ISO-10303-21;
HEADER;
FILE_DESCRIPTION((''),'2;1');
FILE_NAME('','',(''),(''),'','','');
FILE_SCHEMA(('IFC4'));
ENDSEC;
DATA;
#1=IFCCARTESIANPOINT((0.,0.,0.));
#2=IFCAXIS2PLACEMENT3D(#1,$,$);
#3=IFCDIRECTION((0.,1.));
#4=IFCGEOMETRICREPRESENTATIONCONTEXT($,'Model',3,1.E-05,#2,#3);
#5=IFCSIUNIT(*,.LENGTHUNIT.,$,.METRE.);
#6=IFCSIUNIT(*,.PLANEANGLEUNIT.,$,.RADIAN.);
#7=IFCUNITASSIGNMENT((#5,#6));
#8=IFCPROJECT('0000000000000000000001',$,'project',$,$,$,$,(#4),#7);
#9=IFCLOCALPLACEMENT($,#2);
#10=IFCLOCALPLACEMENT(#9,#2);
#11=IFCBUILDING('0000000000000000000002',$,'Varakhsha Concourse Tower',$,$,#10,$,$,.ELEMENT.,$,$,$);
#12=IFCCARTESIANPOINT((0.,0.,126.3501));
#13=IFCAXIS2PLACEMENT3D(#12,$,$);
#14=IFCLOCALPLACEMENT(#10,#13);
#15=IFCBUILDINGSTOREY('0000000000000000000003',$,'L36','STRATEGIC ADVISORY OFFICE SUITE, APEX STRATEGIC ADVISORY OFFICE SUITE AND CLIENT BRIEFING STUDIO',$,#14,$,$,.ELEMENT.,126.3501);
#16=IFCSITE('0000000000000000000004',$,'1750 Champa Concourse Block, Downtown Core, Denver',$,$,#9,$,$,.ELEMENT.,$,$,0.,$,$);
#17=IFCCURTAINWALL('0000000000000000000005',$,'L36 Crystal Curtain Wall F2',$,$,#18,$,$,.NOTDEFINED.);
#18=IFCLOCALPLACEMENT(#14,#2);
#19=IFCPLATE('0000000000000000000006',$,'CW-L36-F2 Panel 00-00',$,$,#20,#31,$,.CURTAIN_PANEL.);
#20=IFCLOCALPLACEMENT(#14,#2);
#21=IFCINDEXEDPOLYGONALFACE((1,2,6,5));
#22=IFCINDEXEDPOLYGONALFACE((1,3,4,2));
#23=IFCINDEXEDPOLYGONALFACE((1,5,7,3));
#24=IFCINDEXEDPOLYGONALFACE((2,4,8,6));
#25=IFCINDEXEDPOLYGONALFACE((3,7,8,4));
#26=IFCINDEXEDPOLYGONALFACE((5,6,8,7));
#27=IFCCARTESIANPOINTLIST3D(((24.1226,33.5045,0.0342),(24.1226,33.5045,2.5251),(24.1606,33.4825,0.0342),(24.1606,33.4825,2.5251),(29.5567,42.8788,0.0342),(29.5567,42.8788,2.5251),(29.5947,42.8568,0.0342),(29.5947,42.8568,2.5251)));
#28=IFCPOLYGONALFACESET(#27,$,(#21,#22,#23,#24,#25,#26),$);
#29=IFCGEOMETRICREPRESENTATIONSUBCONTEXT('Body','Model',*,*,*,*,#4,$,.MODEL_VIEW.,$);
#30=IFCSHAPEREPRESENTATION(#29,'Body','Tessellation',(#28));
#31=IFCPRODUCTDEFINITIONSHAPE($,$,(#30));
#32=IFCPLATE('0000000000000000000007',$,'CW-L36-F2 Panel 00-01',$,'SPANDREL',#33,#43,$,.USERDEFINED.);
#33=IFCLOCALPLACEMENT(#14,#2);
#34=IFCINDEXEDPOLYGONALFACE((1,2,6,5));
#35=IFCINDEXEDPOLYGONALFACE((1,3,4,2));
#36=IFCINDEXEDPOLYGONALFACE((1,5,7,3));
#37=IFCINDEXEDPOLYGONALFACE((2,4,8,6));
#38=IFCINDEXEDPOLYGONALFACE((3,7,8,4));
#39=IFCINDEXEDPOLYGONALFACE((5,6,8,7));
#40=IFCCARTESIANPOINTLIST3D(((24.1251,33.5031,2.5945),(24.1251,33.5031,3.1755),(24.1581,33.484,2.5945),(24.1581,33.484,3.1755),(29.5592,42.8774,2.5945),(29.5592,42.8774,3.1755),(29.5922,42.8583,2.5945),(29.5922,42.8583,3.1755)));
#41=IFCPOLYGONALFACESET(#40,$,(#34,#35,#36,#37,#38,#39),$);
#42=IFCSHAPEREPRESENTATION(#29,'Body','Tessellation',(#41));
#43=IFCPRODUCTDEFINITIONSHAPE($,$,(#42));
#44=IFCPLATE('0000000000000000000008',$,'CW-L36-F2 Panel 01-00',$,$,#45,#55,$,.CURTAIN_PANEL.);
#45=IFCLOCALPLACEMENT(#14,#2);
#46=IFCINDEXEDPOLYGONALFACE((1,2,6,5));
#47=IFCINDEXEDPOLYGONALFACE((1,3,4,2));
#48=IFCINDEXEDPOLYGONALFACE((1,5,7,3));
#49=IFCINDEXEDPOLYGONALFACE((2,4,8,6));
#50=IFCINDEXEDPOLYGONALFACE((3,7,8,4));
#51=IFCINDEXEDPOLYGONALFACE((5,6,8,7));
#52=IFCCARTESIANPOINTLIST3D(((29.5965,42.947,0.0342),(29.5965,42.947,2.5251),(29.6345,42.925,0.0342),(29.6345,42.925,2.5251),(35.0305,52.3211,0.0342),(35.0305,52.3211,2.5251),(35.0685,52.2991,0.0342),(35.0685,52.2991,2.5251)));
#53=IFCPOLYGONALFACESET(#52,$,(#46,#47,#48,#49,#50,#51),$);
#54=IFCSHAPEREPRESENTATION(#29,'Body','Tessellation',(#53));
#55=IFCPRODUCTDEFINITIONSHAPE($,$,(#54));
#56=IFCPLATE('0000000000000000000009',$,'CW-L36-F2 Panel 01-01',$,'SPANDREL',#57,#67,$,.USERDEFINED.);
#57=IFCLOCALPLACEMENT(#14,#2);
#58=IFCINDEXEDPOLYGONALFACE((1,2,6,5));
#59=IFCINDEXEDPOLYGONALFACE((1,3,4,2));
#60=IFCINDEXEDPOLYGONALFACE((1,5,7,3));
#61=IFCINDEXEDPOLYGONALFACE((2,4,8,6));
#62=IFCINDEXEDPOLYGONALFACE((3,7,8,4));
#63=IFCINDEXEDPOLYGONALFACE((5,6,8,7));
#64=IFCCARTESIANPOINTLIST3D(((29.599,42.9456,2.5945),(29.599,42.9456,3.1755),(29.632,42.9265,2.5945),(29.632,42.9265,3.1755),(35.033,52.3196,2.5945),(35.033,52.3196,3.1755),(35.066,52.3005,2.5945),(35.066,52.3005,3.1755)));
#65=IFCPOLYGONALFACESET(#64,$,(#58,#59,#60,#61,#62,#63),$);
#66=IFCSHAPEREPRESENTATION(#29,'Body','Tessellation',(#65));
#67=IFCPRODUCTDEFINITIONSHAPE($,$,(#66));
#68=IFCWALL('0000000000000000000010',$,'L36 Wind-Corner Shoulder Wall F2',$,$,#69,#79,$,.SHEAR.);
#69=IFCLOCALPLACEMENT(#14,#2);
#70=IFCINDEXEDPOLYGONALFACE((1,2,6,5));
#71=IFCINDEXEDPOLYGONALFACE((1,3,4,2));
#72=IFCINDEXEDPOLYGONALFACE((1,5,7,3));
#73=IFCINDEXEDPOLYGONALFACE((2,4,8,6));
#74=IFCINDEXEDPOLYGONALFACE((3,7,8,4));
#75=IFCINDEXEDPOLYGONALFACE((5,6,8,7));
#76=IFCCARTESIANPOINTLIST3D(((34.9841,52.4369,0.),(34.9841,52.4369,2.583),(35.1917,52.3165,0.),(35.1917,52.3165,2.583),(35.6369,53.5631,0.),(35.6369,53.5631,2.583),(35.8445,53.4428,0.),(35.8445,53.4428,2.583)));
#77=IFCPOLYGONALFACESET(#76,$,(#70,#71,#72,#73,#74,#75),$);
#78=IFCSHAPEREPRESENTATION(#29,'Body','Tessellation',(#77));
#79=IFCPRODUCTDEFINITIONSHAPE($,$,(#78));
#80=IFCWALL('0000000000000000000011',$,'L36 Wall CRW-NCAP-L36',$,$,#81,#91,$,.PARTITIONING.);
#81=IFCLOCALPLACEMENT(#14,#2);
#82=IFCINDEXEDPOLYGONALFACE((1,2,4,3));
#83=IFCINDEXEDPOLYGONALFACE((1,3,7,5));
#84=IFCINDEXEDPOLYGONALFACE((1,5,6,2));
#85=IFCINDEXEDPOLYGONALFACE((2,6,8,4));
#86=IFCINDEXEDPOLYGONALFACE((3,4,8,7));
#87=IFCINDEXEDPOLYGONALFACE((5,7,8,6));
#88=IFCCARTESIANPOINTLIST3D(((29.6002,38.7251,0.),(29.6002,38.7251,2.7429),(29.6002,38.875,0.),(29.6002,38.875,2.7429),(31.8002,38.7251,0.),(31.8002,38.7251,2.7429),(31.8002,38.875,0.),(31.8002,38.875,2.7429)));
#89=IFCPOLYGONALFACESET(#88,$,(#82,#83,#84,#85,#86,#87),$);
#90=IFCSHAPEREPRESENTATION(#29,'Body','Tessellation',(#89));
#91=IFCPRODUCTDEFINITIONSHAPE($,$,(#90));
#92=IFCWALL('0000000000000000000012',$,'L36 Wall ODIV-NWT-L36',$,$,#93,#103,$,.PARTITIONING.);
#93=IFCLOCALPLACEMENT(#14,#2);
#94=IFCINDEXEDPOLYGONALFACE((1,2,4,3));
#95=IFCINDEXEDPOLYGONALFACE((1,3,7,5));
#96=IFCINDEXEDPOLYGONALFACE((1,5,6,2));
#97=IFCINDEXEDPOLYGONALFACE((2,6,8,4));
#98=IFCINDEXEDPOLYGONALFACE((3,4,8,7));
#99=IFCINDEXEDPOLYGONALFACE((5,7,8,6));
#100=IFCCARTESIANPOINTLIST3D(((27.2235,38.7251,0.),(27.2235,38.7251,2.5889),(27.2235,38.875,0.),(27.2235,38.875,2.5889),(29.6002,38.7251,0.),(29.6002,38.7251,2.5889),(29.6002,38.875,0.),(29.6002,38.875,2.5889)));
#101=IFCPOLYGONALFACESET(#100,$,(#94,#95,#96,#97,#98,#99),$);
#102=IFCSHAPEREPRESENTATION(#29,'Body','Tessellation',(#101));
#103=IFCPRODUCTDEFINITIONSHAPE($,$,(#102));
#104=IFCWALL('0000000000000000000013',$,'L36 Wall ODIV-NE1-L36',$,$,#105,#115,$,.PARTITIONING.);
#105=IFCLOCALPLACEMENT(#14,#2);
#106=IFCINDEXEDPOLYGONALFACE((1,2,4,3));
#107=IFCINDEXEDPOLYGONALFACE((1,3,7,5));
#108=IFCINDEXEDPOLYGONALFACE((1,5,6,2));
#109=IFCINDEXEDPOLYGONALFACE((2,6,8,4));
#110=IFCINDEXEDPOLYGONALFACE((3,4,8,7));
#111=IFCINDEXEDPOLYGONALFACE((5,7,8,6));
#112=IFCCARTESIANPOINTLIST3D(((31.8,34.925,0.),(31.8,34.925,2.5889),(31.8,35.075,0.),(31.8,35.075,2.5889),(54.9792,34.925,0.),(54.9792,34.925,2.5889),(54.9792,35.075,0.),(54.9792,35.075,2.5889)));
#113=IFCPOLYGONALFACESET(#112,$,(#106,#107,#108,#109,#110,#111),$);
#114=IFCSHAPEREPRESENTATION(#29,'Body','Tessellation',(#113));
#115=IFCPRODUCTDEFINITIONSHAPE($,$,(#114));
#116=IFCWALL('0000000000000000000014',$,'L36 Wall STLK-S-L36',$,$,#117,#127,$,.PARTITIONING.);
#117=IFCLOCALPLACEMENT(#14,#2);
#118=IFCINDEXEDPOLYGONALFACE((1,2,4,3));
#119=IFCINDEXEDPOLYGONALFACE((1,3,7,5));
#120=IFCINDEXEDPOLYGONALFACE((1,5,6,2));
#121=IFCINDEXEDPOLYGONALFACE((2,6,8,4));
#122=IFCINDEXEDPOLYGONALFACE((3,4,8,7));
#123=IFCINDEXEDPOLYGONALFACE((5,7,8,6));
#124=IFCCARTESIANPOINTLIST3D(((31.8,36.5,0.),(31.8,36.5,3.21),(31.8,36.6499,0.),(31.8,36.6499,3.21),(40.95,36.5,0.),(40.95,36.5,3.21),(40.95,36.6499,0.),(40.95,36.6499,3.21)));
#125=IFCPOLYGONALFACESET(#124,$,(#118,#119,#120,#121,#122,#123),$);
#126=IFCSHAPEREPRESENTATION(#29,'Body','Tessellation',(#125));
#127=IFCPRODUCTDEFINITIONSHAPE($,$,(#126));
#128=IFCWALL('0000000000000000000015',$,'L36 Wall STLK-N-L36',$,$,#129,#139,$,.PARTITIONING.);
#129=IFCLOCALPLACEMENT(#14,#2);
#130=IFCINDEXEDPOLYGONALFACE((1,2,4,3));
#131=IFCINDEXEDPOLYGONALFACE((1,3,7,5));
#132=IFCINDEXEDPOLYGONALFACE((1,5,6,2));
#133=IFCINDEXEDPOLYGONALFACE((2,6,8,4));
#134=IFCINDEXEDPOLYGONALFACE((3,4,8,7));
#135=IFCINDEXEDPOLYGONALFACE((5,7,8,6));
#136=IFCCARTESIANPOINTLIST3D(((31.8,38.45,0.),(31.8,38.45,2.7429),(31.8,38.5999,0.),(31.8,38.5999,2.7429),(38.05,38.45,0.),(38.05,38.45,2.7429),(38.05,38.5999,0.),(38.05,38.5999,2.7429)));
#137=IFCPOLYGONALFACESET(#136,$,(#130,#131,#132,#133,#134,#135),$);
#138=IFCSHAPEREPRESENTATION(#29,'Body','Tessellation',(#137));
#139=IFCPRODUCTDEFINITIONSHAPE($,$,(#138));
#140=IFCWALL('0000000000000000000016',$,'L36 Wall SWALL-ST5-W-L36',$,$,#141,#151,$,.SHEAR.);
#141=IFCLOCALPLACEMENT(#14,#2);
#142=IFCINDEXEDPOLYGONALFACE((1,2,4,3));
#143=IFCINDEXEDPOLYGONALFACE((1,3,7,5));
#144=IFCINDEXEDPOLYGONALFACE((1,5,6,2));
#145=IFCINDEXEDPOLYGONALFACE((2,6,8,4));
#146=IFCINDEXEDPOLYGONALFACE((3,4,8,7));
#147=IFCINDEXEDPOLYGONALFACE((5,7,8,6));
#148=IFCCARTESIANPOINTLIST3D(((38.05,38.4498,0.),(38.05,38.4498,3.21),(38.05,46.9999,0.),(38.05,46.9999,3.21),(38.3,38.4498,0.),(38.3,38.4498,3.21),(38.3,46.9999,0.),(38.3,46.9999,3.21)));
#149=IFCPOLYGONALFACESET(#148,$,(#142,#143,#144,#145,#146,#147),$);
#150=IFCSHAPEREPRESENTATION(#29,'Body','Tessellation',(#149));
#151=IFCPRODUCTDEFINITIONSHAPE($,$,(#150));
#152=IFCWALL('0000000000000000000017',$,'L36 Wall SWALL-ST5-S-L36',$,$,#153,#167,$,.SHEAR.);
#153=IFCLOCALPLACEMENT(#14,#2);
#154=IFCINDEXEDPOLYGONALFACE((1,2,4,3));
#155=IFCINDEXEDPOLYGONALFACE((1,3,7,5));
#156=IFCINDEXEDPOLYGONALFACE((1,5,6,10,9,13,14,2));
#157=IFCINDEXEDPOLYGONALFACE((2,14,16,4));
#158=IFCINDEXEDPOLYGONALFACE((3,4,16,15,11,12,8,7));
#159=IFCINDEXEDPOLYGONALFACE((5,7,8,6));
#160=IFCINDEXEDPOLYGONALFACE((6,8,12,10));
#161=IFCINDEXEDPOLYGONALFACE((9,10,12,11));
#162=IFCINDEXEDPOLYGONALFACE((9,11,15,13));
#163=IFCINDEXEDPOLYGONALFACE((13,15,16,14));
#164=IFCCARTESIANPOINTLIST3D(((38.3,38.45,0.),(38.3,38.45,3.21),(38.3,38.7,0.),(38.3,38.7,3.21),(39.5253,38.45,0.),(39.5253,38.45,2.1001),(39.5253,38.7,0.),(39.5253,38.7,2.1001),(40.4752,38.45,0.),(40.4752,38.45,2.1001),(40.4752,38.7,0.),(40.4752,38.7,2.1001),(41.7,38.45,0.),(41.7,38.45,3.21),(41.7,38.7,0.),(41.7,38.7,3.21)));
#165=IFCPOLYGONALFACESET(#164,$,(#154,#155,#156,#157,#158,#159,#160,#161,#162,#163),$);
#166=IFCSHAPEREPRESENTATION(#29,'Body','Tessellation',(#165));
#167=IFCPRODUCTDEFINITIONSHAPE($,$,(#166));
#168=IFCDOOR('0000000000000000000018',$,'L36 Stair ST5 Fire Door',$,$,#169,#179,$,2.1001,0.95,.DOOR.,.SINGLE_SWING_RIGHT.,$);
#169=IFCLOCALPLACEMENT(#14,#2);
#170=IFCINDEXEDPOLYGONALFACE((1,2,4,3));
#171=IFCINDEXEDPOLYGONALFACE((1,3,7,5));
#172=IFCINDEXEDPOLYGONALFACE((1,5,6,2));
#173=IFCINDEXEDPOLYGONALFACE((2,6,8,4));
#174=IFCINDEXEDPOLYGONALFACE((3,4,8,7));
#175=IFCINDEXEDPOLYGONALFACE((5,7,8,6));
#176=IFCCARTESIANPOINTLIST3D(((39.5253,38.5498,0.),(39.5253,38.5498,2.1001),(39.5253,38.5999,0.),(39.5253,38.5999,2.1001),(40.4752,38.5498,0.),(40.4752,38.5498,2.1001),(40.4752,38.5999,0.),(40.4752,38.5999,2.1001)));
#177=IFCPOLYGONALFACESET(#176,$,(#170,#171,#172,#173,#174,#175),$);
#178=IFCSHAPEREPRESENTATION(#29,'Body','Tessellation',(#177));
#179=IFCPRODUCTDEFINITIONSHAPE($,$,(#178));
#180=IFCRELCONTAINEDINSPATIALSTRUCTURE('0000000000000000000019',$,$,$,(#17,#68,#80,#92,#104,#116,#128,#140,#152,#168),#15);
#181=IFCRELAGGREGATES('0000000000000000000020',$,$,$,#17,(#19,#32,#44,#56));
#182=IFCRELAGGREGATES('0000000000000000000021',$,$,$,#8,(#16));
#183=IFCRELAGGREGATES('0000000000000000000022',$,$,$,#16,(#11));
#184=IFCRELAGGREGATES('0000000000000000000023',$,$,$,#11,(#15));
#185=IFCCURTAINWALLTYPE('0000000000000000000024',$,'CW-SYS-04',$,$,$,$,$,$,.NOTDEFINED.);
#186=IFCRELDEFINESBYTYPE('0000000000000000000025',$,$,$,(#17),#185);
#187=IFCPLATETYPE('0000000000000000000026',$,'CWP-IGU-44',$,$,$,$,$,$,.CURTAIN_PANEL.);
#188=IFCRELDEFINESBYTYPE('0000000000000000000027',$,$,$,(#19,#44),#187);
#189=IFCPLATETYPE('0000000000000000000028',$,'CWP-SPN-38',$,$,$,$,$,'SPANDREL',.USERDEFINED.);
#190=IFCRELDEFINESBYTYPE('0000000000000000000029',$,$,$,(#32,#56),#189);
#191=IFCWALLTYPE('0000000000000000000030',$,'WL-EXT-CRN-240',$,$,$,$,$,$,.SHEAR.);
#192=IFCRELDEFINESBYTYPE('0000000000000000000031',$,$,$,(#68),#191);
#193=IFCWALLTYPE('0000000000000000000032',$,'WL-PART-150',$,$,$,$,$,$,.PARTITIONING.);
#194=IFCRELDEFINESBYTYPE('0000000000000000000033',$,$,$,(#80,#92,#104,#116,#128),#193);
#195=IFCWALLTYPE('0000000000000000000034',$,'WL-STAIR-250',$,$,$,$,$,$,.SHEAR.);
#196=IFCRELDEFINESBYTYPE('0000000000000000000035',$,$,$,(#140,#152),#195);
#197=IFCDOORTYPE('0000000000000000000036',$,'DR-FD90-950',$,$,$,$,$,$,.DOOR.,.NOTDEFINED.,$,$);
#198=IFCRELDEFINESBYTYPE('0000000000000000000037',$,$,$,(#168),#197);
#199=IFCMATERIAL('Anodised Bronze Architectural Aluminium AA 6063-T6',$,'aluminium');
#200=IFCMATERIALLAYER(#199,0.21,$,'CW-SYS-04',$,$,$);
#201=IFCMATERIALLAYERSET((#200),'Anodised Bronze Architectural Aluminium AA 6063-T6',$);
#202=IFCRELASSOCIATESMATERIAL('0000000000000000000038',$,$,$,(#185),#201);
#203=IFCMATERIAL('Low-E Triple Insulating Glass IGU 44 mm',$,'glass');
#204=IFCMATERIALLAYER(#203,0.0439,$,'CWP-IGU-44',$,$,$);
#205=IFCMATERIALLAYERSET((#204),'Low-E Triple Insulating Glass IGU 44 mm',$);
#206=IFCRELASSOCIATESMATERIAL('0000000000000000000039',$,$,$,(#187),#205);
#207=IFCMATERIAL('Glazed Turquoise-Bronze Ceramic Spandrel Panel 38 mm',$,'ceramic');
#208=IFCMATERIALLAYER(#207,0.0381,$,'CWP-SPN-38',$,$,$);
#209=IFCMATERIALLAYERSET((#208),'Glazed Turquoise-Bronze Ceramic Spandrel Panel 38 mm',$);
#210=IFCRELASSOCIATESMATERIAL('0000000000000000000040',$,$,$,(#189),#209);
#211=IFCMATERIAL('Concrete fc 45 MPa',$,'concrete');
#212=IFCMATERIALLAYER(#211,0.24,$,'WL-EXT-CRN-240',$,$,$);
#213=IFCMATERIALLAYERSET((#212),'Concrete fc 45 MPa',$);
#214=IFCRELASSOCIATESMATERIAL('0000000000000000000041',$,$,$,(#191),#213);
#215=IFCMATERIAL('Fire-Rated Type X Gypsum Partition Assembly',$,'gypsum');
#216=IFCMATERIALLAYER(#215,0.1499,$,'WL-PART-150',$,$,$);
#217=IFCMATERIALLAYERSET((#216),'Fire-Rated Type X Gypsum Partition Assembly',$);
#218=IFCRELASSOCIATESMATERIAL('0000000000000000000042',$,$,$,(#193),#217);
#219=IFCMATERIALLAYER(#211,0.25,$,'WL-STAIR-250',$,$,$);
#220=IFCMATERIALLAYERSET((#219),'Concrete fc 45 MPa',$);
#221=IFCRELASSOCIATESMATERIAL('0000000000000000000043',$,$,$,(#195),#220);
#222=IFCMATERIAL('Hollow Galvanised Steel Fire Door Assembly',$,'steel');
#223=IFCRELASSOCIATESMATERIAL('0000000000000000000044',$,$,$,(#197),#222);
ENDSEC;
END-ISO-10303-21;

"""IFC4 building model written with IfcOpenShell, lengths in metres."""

from ifc_helpers import new_model, si_unit, direction, frame, frame_2d, origin, origin_2d, place, context, subcontext, project, spatial, rectangle, extrude, source, transform, mapped, material, layer, layer_set, type_object, type_shapes, element, fill, aggregate, save


model = new_model("IFC4")

# Units and contexts
model_context = context("Model", 3, precision=1e-05, world=origin(), true_north=direction((0.0, 1.0)))
body_context = subcontext(model_context, "Body", "Model", "MODEL_VIEW")
ifc_project = project(units=[si_unit("LENGTHUNIT", "METRE"), si_unit("PLANEANGLEUNIT", "RADIAN")], contexts=[model_context])

# Site, building, storey
site_placement = place(None, origin())
site = spatial("IfcSite", under=ifc_project, at=site_placement, Name="1750 Champa Concourse Block, Downtown Core, Denver", CompositionType="ELEMENT", RefElevation=0.0)
building_placement = place(site_placement, origin())
building = spatial("IfcBuilding", under=site, at=building_placement, Name="Varakhsha Concourse Tower", CompositionType="ELEMENT")
storey_placement = place(building_placement, frame((0.0, 0.0, 126.3501)))
storey = spatial("IfcBuildingStorey", under=building, at=storey_placement, Name="L36", Description="STRATEGIC ADVISORY OFFICE SUITE, APEX STRATEGIC ADVISORY OFFICE SUITE AND CLIENT BRIEFING STUDIO", CompositionType="ELEMENT", Elevation=126.3501)

# Shared definitions
ifc_material_1 = material(Name="Anodised Bronze Architectural Aluminium AA 6063-T6", Category="aluminium")
ifc_layer_1 = layer(ifc_material_1, 0.21, Name="CW-SYS-04")
ifc_layer_set_1 = layer_set([ifc_layer_1], Name="Anodised Bronze Architectural Aluminium AA 6063-T6")
curtain_wall_type = type_object("IfcCurtainWallType", Name="CW-SYS-04", PredefinedType="NOTDEFINED", material=ifc_layer_set_1)

# Curtain wall
curtain_wall_1_placement = place(storey_placement, origin())
curtain_wall_1 = element("IfcCurtainWall", 1, at=curtain_wall_1_placement, inside=storey, type_object=curtain_wall_type, Name="L36 Crystal Curtain Wall F2", PredefinedType="NOTDEFINED")

# Plates
ifc_material_2 = material(Name="Low-E Triple Insulating Glass IGU 44 mm", Category="glass")
ifc_layer_2 = layer(ifc_material_2, 0.0439, Name="CWP-IGU-44")
ifc_layer_set_2 = layer_set([ifc_layer_2], Name="Low-E Triple Insulating Glass IGU 44 mm")
plate_type_1 = type_object("IfcPlateType", Name="CWP-IGU-44", PredefinedType="CURTAIN_PANEL", material=ifc_layer_set_2)
shared_shape_1 = source(origin(), body_context, "Body", "SweptSolid", [
    extrude(rectangle(XDim=10.8354, YDim=0.0439, at=origin_2d()), origin(), (0.0, 0.0, 1.0), 2.491),
])
plate_1_placement = place(storey_placement, frame((26.8586, 38.1807, 0.0342), z_axis=(0.0, 0.0, 1.0), x_axis=(0.501514, 0.86515, 0.0)))
plate_1 = element("IfcPlate", 2, at=plate_1_placement, type_object=plate_type_1, Name="CW-L36-F2 Panel 00-00", PredefinedType="CURTAIN_PANEL", context=body_context, shape_type="MappedRepresentation", body=[
    mapped(shared_shape_1, transform((0.0, 0.0, 0.0), scale=1.0)),
])
ifc_material_3 = material(Name="Glazed Turquoise-Bronze Ceramic Spandrel Panel 38 mm", Category="ceramic")
ifc_layer_3 = layer(ifc_material_3, 0.0381, Name="CWP-SPN-38")
ifc_layer_set_3 = layer_set([ifc_layer_3], Name="Glazed Turquoise-Bronze Ceramic Spandrel Panel 38 mm")
plate_type_2 = type_object("IfcPlateType", Name="CWP-SPN-38", ElementType="SPANDREL", PredefinedType="USERDEFINED", material=ifc_layer_set_3)
shared_shape_2 = source(origin(), body_context, "Body", "SweptSolid", [
    extrude(rectangle(XDim=10.8354, YDim=0.0381, at=origin_2d()), origin(), (0.0, 0.0, 1.0), 0.5811),
])
plate_2_placement = place(storey_placement, frame((26.8586, 38.1807, 2.5945), z_axis=(0.0, 0.0, 1.0), x_axis=(0.501514, 0.86515, 0.0)))
plate_2 = element("IfcPlate", 3, at=plate_2_placement, type_object=plate_type_2, Name="CW-L36-F2 Panel 00-01", ObjectType="SPANDREL", PredefinedType="USERDEFINED", context=body_context, shape_type="MappedRepresentation", body=[
    mapped(shared_shape_2, transform((0.0, 0.0, 0.0), scale=1.0)),
])
shared_shape_3 = source(origin(), body_context, "Body", "SweptSolid", [
    extrude(rectangle(XDim=10.8352, YDim=0.0439, at=origin_2d()), origin(), (0.0, 0.0, 1.0), 2.491),
])
type_shapes(plate_type_1, [shared_shape_1, shared_shape_3])
plate_3_placement = place(storey_placement, frame((32.3325, 47.623, 0.0342), z_axis=(0.0, 0.0, 1.0), x_axis=(0.501514, 0.86515, 0.0)))
plate_3 = element("IfcPlate", 4, at=plate_3_placement, type_object=plate_type_1, Name="CW-L36-F2 Panel 01-00", PredefinedType="CURTAIN_PANEL", context=body_context, shape_type="MappedRepresentation", body=[
    mapped(shared_shape_3, transform((0.0, 0.0, 0.0), scale=1.0)),
])
shared_shape_4 = source(origin(), body_context, "Body", "SweptSolid", [
    extrude(rectangle(XDim=10.8352, YDim=0.0381, at=origin_2d()), origin(), (0.0, 0.0, 1.0), 0.5811),
])
type_shapes(plate_type_2, [shared_shape_2, shared_shape_4])
plate_4_placement = place(storey_placement, frame((32.3325, 47.623, 2.5945), z_axis=(0.0, 0.0, 1.0), x_axis=(0.501514, 0.86515, 0.0)))
plate_4 = element("IfcPlate", 5, at=plate_4_placement, type_object=plate_type_2, Name="CW-L36-F2 Panel 01-01", ObjectType="SPANDREL", PredefinedType="USERDEFINED", context=body_context, shape_type="MappedRepresentation", body=[
    mapped(shared_shape_4, transform((0.0, 0.0, 0.0), scale=1.0)),
])
aggregate(curtain_wall_1, [plate_1, plate_2, plate_3, plate_4])

# Walls
ifc_material_4 = material(Name="Concrete fc 45 MPa", Category="concrete")
ifc_layer_4 = layer(ifc_material_4, 0.24, Name="WL-EXT-CRN-240")
ifc_layer_set_4 = layer_set([ifc_layer_4], Name="Concrete fc 45 MPa")
wall_type_1 = type_object("IfcWallType", Name="WL-EXT-CRN-240", PredefinedType="SHEAR", material=ifc_layer_set_4)
wall_1_placement = place(storey_placement, frame((35.7407, 53.5029, 0.0), z_axis=(0.0, 0.0, 1.0), x_axis=(-0.501502, -0.865157, 0.0)))
element("IfcWall", 6, at=wall_1_placement, inside=storey, type_object=wall_type_1, Name="L36 Wind-Corner Shoulder Wall F2", PredefinedType="SHEAR", context=body_context, shape_type="SweptSolid", body=[
    extrude(rectangle(XDim=1.3018, YDim=0.24, at=frame_2d((0.6509, 0.0))), origin(), (0.0, 0.0, 1.0), 2.583),
])
ifc_material_5 = material(Name="Fire-Rated Type X Gypsum Partition Assembly", Category="gypsum")
ifc_layer_5 = layer(ifc_material_5, 0.1499, Name="WL-PART-150")
ifc_layer_set_5 = layer_set([ifc_layer_5], Name="Fire-Rated Type X Gypsum Partition Assembly")
wall_type_2 = type_object("IfcWallType", Name="WL-PART-150", PredefinedType="PARTITIONING", material=ifc_layer_set_5)
wall_2_placement = place(storey_placement, frame((29.6001, 38.8, 0.0), z_axis=(0.0, 0.0, 1.0), x_axis=(1.0, 0.0, 0.0)))
element("IfcWall", 7, at=wall_2_placement, inside=storey, type_object=wall_type_2, Name="L36 Wall CRW-NCAP-L36", PredefinedType="PARTITIONING", context=body_context, shape_type="SweptSolid", body=[
    extrude(rectangle(XDim=2.2, YDim=0.1499, at=frame_2d((1.1001, 0.0))), origin(), (0.0, 0.0, 1.0), 2.7429),
])
wall_3_placement = place(storey_placement, frame((27.2234, 38.8, 0.0), z_axis=(0.0, 0.0, 1.0), x_axis=(1.0, 0.0, 0.0)))
element("IfcWall", 8, at=wall_3_placement, inside=storey, type_object=wall_type_2, Name="L36 Wall ODIV-NWT-L36", PredefinedType="PARTITIONING", context=body_context, shape_type="SweptSolid", body=[
    extrude(rectangle(XDim=2.3767, YDim=0.1499, at=frame_2d((1.1885, 0.0))), origin(), (0.0, 0.0, 1.0), 2.5889),
])
wall_4_placement = place(storey_placement, frame((31.8, 35.0, 0.0), z_axis=(0.0, 0.0, 1.0), x_axis=(1.0, 0.0, 0.0)))
element("IfcWall", 9, at=wall_4_placement, inside=storey, type_object=wall_type_2, Name="L36 Wall ODIV-NE1-L36", PredefinedType="PARTITIONING", context=body_context, shape_type="SweptSolid", body=[
    extrude(rectangle(XDim=23.1792, YDim=0.1499, at=frame_2d((11.5896, 0.0))), origin(), (0.0, 0.0, 1.0), 2.5889),
])
wall_5_placement = place(storey_placement, frame((31.8, 36.575, 0.0), z_axis=(0.0, 0.0, 1.0), x_axis=(1.0, 0.0, 0.0)))
element("IfcWall", 10, at=wall_5_placement, inside=storey, type_object=wall_type_2, Name="L36 Wall STLK-S-L36", PredefinedType="PARTITIONING", context=body_context, shape_type="SweptSolid", body=[
    extrude(rectangle(XDim=9.1499, YDim=0.1499, at=frame_2d((4.575, 0.0))), origin(), (0.0, 0.0, 1.0), 3.21),
])
wall_6_placement = place(storey_placement, frame((31.8, 38.5249, 0.0), z_axis=(0.0, 0.0, 1.0), x_axis=(1.0, 0.0, 0.0)))
element("IfcWall", 11, at=wall_6_placement, inside=storey, type_object=wall_type_2, Name="L36 Wall STLK-N-L36", PredefinedType="PARTITIONING", context=body_context, shape_type="SweptSolid", body=[
    extrude(rectangle(XDim=6.25, YDim=0.1499, at=frame_2d((3.125, 0.0))), origin(), (0.0, 0.0, 1.0), 2.7429),
])
ifc_layer_6 = layer(ifc_material_4, 0.25, Name="WL-STAIR-250")
ifc_layer_set_6 = layer_set([ifc_layer_6], Name="Concrete fc 45 MPa")
wall_type_3 = type_object("IfcWallType", Name="WL-STAIR-250", PredefinedType="SHEAR", material=ifc_layer_set_6)
wall_7_placement = place(storey_placement, frame((38.175, 38.45, 0.0), z_axis=(0.0, 0.0, 1.0), x_axis=(0.0, 1.0, 0.0)))
element("IfcWall", 12, at=wall_7_placement, inside=storey, type_object=wall_type_3, Name="L36 Wall SWALL-ST5-W-L36", PredefinedType="SHEAR", context=body_context, shape_type="SweptSolid", body=[
    extrude(rectangle(XDim=8.55, YDim=0.25, at=frame_2d((4.2749, 0.0))), origin(), (0.0, 0.0, 1.0), 3.21),
])

# Wall, opening, door
wall_8_placement = place(storey_placement, frame((38.3, 38.575, 0.0), z_axis=(0.0, 0.0, 1.0), x_axis=(1.0, 0.0, 0.0)))
wall_8 = element("IfcWall", 13, at=wall_8_placement, inside=storey, type_object=wall_type_3, Name="L36 Wall SWALL-ST5-S-L36", PredefinedType="SHEAR", context=body_context, shape_type="SweptSolid", body=[
    extrude(rectangle(XDim=3.3999, YDim=0.25, at=frame_2d((1.7, 0.0))), origin(), (0.0, 0.0, 1.0), 3.21),
])
opening_placement = place(wall_8_placement, frame((1.2251, 0.0, 0.0)))
opening = element("IfcOpeningElement", 14, at=opening_placement, cuts=wall_8, PredefinedType="OPENING", context=body_context, shape_type="SweptSolid", body=[
    extrude(rectangle(XDim=0.95, YDim=2.1001, at=frame_2d((0.4751, 1.05))), frame((0.0, 0.135, 0.0), z_axis=(0.0, -1.0, 0.0), x_axis=(1.0, 0.0, 0.0)), (0.0, 0.0, 1.0), 0.27),
])
ifc_material_6 = material(Name="Hollow Galvanised Steel Fire Door Assembly", Category="steel")
door_type = type_object("IfcDoorType", Name="DR-FD90-950", OperationType="NOTDEFINED", PredefinedType="DOOR", material=ifc_material_6)
door_placement = place(opening_placement, origin())
door = element("IfcDoor", 15, at=door_placement, inside=storey, type_object=door_type, Name="L36 Stair ST5 Fire Door", OperationType="SINGLE_SWING_RIGHT", OverallHeight=2.1001, OverallWidth=0.95, PredefinedType="DOOR", context=body_context, shape_type="SweptSolid", body=[
    extrude(rectangle(XDim=0.95, YDim=2.1001, at=frame_2d((0.4751, 1.05))), frame((0.0, 0.0249, 0.0), z_axis=(0.0, -1.0, 0.0), x_axis=(1.0, 0.0, 0.0)), (0.0, 0.0, 1.0), 0.05),
])
fill(opening, door)

save(model, "model.ifc")
